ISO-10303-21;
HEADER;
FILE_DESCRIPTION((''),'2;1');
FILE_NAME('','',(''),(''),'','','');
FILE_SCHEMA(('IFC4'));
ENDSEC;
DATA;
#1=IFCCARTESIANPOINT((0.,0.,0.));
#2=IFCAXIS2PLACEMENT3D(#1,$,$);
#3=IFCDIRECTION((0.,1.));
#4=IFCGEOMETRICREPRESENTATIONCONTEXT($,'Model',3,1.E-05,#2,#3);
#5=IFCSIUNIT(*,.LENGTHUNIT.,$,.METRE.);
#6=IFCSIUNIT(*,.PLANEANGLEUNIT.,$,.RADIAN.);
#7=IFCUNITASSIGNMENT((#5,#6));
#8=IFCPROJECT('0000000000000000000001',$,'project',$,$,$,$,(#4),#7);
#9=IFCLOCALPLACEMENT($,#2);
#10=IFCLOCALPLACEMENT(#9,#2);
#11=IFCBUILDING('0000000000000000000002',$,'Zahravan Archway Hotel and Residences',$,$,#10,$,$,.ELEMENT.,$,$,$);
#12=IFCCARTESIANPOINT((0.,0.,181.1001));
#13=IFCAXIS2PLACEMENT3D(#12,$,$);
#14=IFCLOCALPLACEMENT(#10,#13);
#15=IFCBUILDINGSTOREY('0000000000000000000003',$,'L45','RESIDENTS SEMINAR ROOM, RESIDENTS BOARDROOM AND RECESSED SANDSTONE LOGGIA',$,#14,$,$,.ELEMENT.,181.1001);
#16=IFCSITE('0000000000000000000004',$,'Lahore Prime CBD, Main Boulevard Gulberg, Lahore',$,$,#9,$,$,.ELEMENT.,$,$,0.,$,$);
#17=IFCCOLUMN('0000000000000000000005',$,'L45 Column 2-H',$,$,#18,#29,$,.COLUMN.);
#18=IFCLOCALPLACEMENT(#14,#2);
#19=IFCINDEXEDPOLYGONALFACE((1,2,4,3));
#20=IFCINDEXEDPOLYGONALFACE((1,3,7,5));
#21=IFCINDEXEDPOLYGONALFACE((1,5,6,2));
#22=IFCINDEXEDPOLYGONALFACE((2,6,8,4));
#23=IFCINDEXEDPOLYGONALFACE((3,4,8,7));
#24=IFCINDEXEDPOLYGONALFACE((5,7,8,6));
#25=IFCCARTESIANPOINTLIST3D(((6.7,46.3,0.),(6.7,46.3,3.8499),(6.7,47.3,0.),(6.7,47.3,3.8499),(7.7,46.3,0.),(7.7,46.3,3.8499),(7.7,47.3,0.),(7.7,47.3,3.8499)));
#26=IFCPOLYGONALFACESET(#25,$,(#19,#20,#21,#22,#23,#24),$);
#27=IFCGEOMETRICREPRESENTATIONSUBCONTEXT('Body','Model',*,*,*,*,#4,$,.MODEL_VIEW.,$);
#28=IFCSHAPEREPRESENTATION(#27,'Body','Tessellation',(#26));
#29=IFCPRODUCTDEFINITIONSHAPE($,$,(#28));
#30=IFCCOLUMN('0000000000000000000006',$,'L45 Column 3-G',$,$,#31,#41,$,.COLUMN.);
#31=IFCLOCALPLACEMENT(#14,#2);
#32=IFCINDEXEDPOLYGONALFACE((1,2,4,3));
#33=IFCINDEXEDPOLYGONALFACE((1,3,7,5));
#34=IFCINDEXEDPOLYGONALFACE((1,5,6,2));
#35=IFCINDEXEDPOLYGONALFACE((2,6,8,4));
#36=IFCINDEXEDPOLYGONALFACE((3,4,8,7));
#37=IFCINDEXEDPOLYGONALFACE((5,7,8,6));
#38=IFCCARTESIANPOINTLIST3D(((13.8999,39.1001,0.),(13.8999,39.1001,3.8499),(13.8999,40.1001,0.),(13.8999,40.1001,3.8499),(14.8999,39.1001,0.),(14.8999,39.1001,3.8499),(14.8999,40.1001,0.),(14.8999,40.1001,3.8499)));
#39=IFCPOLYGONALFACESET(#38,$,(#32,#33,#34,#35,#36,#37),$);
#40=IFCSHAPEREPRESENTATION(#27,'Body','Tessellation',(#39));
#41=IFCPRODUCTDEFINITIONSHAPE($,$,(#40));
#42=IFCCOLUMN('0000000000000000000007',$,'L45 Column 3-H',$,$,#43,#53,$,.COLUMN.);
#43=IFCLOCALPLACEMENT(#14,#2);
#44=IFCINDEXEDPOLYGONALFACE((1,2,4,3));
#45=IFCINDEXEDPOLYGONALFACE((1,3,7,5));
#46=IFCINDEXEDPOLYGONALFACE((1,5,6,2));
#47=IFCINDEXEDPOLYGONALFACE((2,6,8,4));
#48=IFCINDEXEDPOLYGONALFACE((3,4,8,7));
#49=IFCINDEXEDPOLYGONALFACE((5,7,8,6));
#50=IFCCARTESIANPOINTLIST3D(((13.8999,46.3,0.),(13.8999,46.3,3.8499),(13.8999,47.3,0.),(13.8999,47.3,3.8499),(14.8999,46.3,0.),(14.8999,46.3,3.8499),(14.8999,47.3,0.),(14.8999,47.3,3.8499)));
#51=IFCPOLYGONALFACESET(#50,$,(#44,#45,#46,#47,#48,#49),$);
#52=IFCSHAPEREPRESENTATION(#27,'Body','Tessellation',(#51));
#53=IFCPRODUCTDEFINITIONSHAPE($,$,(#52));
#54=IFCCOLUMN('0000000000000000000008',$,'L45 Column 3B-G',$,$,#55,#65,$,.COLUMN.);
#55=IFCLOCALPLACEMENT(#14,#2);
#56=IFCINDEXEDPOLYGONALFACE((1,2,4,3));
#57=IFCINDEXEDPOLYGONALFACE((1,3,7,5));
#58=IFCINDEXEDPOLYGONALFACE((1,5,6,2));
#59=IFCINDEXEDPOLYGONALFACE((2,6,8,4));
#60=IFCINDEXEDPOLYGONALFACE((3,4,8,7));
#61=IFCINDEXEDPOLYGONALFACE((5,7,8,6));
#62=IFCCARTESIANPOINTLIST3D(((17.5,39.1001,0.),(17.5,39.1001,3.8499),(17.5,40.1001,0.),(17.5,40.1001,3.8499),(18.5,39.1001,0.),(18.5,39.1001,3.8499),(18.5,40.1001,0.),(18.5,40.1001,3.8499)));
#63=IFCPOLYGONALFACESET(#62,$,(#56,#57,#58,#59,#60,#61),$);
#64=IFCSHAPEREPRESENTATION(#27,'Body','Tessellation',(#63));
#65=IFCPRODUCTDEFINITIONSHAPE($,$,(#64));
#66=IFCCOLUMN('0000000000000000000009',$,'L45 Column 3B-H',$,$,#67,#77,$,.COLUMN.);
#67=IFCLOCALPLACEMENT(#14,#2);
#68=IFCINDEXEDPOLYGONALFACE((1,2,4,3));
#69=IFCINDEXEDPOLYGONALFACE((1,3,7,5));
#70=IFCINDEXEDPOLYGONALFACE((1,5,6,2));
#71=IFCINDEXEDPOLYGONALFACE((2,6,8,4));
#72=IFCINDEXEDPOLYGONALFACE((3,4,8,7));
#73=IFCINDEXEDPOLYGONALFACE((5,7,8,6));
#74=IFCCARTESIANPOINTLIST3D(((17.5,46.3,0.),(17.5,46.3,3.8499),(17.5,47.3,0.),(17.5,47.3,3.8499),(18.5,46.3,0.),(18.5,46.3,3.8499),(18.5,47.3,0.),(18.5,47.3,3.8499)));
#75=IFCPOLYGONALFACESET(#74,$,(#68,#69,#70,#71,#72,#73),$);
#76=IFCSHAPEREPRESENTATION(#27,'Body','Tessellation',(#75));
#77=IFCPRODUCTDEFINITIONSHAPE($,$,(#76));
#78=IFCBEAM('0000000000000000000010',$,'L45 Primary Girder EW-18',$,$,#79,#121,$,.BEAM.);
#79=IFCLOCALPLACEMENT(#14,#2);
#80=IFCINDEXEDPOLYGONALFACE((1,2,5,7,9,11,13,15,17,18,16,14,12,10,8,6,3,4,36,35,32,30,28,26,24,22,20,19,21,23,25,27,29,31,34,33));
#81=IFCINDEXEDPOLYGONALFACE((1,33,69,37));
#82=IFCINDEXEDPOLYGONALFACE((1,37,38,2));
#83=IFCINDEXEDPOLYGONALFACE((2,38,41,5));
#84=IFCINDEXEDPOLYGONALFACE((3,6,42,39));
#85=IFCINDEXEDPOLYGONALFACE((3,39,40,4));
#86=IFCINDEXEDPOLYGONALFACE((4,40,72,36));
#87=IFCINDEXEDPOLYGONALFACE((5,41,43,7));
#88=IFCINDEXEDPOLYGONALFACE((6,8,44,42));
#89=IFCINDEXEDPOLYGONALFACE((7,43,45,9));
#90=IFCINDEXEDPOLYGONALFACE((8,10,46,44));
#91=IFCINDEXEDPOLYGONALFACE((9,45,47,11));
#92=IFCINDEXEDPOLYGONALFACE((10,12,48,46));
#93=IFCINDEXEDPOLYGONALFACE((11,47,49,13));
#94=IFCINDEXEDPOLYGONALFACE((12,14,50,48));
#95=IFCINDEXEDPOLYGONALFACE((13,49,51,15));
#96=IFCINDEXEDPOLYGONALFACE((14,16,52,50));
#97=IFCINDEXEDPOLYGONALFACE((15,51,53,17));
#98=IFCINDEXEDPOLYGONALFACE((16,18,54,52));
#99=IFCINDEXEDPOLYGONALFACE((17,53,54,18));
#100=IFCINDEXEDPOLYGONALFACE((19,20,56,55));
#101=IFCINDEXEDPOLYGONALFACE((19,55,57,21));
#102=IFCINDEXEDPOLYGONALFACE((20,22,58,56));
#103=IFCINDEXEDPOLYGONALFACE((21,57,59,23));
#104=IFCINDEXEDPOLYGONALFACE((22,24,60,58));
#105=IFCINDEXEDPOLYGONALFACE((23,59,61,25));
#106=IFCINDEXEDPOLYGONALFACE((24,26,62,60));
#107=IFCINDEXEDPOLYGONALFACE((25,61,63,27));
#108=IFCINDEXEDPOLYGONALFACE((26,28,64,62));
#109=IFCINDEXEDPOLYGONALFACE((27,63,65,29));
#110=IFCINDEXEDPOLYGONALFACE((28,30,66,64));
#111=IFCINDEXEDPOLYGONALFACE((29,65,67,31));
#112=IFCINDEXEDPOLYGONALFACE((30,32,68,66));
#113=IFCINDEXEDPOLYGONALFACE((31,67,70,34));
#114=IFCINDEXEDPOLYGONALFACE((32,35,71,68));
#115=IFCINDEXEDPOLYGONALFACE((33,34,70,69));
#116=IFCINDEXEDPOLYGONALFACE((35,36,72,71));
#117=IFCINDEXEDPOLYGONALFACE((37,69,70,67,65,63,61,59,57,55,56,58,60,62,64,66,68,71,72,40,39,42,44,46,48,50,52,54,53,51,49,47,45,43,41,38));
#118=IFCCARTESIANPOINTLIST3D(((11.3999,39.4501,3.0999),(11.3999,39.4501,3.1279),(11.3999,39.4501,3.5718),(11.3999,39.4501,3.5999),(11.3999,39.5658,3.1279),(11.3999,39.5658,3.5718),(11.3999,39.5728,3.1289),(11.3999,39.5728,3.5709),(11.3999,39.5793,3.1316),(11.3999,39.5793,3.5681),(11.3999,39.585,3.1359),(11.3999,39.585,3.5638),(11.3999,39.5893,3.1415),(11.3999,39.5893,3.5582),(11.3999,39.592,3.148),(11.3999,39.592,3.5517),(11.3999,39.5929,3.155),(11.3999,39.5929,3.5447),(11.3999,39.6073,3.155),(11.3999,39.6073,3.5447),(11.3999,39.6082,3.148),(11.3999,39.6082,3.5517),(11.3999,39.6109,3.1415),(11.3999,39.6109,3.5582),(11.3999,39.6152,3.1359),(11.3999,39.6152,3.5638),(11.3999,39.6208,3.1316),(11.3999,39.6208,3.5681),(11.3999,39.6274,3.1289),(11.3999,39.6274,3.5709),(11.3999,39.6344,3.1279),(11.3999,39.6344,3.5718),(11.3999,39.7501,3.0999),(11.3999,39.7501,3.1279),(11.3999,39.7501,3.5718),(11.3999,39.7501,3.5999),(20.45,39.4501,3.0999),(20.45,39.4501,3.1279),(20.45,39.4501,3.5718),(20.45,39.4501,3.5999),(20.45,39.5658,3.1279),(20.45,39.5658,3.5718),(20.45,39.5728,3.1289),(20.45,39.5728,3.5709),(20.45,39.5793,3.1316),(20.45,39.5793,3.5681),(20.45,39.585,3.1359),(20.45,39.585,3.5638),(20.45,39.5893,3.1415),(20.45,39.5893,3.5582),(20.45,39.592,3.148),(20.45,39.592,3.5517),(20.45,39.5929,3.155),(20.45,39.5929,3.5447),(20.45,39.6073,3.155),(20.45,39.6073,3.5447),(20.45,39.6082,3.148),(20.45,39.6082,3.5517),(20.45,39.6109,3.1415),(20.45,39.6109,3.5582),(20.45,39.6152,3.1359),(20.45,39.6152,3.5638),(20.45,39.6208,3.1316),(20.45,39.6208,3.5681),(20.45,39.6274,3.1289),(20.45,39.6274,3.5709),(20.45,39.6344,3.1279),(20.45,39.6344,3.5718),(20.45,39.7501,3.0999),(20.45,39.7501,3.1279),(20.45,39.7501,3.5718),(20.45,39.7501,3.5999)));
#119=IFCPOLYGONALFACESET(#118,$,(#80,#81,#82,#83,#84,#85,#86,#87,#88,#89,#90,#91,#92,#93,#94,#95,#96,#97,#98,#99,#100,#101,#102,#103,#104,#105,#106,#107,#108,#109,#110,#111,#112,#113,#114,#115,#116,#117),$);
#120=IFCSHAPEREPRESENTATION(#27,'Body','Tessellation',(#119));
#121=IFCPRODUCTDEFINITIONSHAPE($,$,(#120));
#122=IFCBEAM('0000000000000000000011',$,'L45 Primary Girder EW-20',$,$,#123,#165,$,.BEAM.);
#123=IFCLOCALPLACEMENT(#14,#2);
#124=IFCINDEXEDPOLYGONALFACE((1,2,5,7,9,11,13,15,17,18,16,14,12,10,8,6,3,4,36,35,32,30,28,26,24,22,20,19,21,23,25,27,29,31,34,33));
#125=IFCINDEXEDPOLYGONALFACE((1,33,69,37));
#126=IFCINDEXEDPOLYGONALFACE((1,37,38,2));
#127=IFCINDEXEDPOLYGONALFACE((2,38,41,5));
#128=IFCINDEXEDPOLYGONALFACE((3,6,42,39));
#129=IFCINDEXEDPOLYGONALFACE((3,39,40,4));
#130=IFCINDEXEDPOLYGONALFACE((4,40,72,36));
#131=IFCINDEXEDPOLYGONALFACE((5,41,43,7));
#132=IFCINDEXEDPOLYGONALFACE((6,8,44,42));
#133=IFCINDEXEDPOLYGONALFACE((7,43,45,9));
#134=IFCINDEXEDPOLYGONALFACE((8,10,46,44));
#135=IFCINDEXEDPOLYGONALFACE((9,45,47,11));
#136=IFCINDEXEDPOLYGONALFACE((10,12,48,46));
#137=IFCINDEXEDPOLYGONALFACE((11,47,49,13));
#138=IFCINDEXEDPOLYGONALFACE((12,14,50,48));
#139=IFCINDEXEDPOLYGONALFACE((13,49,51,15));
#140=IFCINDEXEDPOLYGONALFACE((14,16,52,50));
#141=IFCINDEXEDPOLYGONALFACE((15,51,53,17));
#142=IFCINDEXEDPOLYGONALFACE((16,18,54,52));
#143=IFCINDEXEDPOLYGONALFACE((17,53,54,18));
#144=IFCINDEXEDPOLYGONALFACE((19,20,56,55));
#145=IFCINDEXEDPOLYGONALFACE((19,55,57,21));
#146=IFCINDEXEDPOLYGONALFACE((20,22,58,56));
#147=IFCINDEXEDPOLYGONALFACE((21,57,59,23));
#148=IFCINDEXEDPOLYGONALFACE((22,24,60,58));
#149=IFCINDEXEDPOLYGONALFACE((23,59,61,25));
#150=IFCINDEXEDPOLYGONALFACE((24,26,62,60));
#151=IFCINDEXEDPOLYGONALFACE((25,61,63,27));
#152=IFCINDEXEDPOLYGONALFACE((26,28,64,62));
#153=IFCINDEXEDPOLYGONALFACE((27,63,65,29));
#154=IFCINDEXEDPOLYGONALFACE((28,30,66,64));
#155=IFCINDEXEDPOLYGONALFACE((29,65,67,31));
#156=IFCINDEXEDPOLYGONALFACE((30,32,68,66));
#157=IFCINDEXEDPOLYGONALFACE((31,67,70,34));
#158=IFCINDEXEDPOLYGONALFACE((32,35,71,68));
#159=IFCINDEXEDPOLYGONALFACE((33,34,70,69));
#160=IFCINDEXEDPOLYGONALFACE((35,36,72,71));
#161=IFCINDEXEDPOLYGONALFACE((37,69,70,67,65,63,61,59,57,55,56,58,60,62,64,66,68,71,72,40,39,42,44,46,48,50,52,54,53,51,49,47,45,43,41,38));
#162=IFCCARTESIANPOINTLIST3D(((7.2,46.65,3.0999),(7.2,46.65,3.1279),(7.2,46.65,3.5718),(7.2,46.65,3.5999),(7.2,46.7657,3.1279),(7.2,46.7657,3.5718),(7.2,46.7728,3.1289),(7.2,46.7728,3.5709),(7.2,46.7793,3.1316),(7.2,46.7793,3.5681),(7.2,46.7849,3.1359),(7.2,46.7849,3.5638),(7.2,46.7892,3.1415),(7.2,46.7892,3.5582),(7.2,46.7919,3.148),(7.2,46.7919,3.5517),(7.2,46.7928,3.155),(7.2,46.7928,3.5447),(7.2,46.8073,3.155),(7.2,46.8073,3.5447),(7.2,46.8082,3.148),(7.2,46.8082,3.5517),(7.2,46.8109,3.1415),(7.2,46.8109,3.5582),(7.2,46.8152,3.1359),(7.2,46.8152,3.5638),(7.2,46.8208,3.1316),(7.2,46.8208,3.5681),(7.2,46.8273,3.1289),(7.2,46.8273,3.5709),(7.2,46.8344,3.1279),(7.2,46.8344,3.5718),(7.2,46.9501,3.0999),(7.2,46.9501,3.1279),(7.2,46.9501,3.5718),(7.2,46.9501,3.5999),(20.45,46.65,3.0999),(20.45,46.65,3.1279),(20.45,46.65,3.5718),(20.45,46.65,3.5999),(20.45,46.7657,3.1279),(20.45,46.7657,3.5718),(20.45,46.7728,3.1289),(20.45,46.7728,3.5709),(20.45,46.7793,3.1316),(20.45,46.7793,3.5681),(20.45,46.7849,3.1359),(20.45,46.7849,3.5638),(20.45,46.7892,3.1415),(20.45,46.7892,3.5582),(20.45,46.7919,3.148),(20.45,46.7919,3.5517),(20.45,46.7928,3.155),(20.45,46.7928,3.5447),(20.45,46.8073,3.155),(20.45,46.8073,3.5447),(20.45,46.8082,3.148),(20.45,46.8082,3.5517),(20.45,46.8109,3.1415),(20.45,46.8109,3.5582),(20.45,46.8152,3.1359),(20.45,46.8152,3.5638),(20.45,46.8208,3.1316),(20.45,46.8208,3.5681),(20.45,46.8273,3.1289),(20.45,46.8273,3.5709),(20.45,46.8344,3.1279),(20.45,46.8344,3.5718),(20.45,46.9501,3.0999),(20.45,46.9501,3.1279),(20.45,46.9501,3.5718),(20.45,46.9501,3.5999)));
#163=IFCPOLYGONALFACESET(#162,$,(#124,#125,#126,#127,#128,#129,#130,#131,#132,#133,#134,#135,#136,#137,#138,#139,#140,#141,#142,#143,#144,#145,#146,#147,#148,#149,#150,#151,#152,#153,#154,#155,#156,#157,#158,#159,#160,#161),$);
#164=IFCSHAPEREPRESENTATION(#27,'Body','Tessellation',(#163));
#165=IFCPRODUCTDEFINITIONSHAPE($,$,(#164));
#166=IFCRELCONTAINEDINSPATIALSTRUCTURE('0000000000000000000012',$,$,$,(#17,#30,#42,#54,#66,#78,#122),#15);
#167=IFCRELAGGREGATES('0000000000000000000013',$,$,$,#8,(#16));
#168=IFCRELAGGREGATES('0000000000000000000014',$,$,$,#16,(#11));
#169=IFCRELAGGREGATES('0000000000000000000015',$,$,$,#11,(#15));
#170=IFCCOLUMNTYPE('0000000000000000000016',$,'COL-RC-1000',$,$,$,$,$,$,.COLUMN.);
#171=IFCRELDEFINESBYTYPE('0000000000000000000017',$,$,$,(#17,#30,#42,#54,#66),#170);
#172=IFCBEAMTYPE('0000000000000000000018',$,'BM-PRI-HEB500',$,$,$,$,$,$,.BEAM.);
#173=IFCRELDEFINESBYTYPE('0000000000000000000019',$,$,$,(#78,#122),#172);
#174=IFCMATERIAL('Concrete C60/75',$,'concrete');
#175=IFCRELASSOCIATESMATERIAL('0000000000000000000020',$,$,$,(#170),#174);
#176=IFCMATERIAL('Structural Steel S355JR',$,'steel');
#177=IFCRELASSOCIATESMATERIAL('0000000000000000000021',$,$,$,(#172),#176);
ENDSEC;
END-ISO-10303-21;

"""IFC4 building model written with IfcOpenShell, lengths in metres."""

from ifc_helpers import new_model, si_unit, direction, frame, origin, origin_2d, place, context, subcontext, project, spatial, rectangle, i_section, extrude, source, transform, mapped, material, material_profile, profile_set, type_object, element, save


model = new_model("IFC4")

# Units and contexts
model_context = context("Model", 3, precision=1e-05, world=origin(), true_north=direction((0.0, 1.0)))
body_context = subcontext(model_context, "Body", "Model", "MODEL_VIEW")
ifc_project = project(units=[si_unit("LENGTHUNIT", "METRE"), si_unit("PLANEANGLEUNIT", "RADIAN")], contexts=[model_context])

# Site, building, storey
site_placement = place(None, origin())
site = spatial("IfcSite", under=ifc_project, at=site_placement, Name="Lahore Prime CBD, Main Boulevard Gulberg, Lahore", CompositionType="ELEMENT", RefElevation=0.0)
building_placement = place(site_placement, origin())
building = spatial("IfcBuilding", under=site, at=building_placement, Name="Zahravan Archway Hotel and Residences", CompositionType="ELEMENT")
storey_placement = place(building_placement, frame((0.0, 0.0, 181.1001)))
storey = spatial("IfcBuildingStorey", under=building, at=storey_placement, Name="L45", Description="RESIDENTS SEMINAR ROOM, RESIDENTS BOARDROOM AND RECESSED SANDSTONE LOGGIA", CompositionType="ELEMENT", Elevation=181.1001)

# Columns
ifc_material_1 = material(Name="Concrete C60/75", Category="concrete")
ifc_material_profile_1 = material_profile(ifc_material_1, rectangle(XDim=1.0, YDim=1.0, at=origin_2d()), Name="RC-COL-1000x1000", Category="concrete")
ifc_profile_set_1 = profile_set([ifc_material_profile_1], Name="Concrete C60/75")
column_type = type_object("IfcColumnType", Name="COL-RC-1000", PredefinedType="COLUMN", material=ifc_profile_set_1)
shared_shape_1 = source(origin(), body_context, "Body", "SweptSolid", [
    extrude(rectangle(XDim=1.0, YDim=1.0, at=origin_2d()), origin(), (0.0, 0.0, 1.0), 3.8499),
])
for number, where, z_axis, x_axis, name in (
    (1, (7.2, 46.8, 0.0), (0.0, 0.0, 1.0), (1.0, 0.0, 0.0), "L45 Column 2-H"),
    (2, (14.3999, 39.6001, 0.0), (0.0, 0.0, 1.0), (1.0, 0.0, 0.0), "L45 Column 3-G"),
    (3, (14.3999, 46.8, 0.0), (0.0, 0.0, 1.0), (1.0, 0.0, 0.0), "L45 Column 3-H"),
    (4, (18.0, 39.6001, 0.0), (0.0, 0.0, 1.0), (1.0, 0.0, 0.0), "L45 Column 3B-G"),
    (5, (18.0, 46.8, 0.0), (0.0, 0.0, 1.0), (1.0, 0.0, 0.0), "L45 Column 3B-H"),
):
    element("IfcColumn", number, at=place(storey_placement, frame(where, z_axis=z_axis, x_axis=x_axis)), inside=storey, type_object=column_type, Name=name, PredefinedType="COLUMN", context=body_context, shape_type="MappedRepresentation", body=[
        mapped(shared_shape_1, transform((0.0, 0.0, 0.0), scale=1.0)),
    ])

# Beams
ifc_material_2 = material(Name="Structural Steel S355JR", Category="steel")
ifc_material_profile_2 = material_profile(ifc_material_2, i_section(OverallWidth=0.3, OverallDepth=0.5, WebThickness=0.0144, FlangeThickness=0.0281, FilletRadius=0.0271, at=origin_2d()), Name="HEB 500", Category="steel")
ifc_profile_set_2 = profile_set([ifc_material_profile_2], Name="Structural Steel S355JR")
beam_type_1 = type_object("IfcBeamType", Name="BM-PRI-HEB500", PredefinedType="BEAM", material=ifc_profile_set_2)
shared_shape_2 = source(origin(), body_context, "Body", "SweptSolid", [
    extrude(i_section(OverallWidth=0.3, OverallDepth=0.5, WebThickness=0.0144, FlangeThickness=0.0281, FilletRadius=0.0271, at=origin_2d()), origin(), (0.0, 0.0, 1.0), 9.05),
])
beam_1_placement = place(storey_placement, frame((11.3999, 39.6001, 3.3499), z_axis=(1.0, 0.0, 0.0), x_axis=(0.0, 1.0, 0.0)))
element("IfcBeam", 6, at=beam_1_placement, inside=storey, type_object=beam_type_1, Name="L45 Primary Girder EW-18", PredefinedType="BEAM", context=body_context, shape_type="MappedRepresentation", body=[
    mapped(shared_shape_2, transform((0.0, 0.0, 0.0), scale=1.0)),
])
shared_shape_3 = source(origin(), body_context, "Body", "SweptSolid", [
    extrude(i_section(OverallWidth=0.3, OverallDepth=0.5, WebThickness=0.0144, FlangeThickness=0.0281, FilletRadius=0.0271, at=origin_2d()), origin(), (0.0, 0.0, 1.0), 13.25),
])
beam_2_placement = place(storey_placement, frame((7.2, 46.8, 3.3499), z_axis=(1.0, 0.0, 0.0), x_axis=(0.0, 1.0, 0.0)))
element("IfcBeam", 7, at=beam_2_placement, inside=storey, type_object=beam_type_1, Name="L45 Primary Girder EW-20", PredefinedType="BEAM", context=body_context, shape_type="MappedRepresentation", body=[
    mapped(shared_shape_3, transform((0.0, 0.0, 0.0), scale=1.0)),
])

save(model, "model.ifc")
